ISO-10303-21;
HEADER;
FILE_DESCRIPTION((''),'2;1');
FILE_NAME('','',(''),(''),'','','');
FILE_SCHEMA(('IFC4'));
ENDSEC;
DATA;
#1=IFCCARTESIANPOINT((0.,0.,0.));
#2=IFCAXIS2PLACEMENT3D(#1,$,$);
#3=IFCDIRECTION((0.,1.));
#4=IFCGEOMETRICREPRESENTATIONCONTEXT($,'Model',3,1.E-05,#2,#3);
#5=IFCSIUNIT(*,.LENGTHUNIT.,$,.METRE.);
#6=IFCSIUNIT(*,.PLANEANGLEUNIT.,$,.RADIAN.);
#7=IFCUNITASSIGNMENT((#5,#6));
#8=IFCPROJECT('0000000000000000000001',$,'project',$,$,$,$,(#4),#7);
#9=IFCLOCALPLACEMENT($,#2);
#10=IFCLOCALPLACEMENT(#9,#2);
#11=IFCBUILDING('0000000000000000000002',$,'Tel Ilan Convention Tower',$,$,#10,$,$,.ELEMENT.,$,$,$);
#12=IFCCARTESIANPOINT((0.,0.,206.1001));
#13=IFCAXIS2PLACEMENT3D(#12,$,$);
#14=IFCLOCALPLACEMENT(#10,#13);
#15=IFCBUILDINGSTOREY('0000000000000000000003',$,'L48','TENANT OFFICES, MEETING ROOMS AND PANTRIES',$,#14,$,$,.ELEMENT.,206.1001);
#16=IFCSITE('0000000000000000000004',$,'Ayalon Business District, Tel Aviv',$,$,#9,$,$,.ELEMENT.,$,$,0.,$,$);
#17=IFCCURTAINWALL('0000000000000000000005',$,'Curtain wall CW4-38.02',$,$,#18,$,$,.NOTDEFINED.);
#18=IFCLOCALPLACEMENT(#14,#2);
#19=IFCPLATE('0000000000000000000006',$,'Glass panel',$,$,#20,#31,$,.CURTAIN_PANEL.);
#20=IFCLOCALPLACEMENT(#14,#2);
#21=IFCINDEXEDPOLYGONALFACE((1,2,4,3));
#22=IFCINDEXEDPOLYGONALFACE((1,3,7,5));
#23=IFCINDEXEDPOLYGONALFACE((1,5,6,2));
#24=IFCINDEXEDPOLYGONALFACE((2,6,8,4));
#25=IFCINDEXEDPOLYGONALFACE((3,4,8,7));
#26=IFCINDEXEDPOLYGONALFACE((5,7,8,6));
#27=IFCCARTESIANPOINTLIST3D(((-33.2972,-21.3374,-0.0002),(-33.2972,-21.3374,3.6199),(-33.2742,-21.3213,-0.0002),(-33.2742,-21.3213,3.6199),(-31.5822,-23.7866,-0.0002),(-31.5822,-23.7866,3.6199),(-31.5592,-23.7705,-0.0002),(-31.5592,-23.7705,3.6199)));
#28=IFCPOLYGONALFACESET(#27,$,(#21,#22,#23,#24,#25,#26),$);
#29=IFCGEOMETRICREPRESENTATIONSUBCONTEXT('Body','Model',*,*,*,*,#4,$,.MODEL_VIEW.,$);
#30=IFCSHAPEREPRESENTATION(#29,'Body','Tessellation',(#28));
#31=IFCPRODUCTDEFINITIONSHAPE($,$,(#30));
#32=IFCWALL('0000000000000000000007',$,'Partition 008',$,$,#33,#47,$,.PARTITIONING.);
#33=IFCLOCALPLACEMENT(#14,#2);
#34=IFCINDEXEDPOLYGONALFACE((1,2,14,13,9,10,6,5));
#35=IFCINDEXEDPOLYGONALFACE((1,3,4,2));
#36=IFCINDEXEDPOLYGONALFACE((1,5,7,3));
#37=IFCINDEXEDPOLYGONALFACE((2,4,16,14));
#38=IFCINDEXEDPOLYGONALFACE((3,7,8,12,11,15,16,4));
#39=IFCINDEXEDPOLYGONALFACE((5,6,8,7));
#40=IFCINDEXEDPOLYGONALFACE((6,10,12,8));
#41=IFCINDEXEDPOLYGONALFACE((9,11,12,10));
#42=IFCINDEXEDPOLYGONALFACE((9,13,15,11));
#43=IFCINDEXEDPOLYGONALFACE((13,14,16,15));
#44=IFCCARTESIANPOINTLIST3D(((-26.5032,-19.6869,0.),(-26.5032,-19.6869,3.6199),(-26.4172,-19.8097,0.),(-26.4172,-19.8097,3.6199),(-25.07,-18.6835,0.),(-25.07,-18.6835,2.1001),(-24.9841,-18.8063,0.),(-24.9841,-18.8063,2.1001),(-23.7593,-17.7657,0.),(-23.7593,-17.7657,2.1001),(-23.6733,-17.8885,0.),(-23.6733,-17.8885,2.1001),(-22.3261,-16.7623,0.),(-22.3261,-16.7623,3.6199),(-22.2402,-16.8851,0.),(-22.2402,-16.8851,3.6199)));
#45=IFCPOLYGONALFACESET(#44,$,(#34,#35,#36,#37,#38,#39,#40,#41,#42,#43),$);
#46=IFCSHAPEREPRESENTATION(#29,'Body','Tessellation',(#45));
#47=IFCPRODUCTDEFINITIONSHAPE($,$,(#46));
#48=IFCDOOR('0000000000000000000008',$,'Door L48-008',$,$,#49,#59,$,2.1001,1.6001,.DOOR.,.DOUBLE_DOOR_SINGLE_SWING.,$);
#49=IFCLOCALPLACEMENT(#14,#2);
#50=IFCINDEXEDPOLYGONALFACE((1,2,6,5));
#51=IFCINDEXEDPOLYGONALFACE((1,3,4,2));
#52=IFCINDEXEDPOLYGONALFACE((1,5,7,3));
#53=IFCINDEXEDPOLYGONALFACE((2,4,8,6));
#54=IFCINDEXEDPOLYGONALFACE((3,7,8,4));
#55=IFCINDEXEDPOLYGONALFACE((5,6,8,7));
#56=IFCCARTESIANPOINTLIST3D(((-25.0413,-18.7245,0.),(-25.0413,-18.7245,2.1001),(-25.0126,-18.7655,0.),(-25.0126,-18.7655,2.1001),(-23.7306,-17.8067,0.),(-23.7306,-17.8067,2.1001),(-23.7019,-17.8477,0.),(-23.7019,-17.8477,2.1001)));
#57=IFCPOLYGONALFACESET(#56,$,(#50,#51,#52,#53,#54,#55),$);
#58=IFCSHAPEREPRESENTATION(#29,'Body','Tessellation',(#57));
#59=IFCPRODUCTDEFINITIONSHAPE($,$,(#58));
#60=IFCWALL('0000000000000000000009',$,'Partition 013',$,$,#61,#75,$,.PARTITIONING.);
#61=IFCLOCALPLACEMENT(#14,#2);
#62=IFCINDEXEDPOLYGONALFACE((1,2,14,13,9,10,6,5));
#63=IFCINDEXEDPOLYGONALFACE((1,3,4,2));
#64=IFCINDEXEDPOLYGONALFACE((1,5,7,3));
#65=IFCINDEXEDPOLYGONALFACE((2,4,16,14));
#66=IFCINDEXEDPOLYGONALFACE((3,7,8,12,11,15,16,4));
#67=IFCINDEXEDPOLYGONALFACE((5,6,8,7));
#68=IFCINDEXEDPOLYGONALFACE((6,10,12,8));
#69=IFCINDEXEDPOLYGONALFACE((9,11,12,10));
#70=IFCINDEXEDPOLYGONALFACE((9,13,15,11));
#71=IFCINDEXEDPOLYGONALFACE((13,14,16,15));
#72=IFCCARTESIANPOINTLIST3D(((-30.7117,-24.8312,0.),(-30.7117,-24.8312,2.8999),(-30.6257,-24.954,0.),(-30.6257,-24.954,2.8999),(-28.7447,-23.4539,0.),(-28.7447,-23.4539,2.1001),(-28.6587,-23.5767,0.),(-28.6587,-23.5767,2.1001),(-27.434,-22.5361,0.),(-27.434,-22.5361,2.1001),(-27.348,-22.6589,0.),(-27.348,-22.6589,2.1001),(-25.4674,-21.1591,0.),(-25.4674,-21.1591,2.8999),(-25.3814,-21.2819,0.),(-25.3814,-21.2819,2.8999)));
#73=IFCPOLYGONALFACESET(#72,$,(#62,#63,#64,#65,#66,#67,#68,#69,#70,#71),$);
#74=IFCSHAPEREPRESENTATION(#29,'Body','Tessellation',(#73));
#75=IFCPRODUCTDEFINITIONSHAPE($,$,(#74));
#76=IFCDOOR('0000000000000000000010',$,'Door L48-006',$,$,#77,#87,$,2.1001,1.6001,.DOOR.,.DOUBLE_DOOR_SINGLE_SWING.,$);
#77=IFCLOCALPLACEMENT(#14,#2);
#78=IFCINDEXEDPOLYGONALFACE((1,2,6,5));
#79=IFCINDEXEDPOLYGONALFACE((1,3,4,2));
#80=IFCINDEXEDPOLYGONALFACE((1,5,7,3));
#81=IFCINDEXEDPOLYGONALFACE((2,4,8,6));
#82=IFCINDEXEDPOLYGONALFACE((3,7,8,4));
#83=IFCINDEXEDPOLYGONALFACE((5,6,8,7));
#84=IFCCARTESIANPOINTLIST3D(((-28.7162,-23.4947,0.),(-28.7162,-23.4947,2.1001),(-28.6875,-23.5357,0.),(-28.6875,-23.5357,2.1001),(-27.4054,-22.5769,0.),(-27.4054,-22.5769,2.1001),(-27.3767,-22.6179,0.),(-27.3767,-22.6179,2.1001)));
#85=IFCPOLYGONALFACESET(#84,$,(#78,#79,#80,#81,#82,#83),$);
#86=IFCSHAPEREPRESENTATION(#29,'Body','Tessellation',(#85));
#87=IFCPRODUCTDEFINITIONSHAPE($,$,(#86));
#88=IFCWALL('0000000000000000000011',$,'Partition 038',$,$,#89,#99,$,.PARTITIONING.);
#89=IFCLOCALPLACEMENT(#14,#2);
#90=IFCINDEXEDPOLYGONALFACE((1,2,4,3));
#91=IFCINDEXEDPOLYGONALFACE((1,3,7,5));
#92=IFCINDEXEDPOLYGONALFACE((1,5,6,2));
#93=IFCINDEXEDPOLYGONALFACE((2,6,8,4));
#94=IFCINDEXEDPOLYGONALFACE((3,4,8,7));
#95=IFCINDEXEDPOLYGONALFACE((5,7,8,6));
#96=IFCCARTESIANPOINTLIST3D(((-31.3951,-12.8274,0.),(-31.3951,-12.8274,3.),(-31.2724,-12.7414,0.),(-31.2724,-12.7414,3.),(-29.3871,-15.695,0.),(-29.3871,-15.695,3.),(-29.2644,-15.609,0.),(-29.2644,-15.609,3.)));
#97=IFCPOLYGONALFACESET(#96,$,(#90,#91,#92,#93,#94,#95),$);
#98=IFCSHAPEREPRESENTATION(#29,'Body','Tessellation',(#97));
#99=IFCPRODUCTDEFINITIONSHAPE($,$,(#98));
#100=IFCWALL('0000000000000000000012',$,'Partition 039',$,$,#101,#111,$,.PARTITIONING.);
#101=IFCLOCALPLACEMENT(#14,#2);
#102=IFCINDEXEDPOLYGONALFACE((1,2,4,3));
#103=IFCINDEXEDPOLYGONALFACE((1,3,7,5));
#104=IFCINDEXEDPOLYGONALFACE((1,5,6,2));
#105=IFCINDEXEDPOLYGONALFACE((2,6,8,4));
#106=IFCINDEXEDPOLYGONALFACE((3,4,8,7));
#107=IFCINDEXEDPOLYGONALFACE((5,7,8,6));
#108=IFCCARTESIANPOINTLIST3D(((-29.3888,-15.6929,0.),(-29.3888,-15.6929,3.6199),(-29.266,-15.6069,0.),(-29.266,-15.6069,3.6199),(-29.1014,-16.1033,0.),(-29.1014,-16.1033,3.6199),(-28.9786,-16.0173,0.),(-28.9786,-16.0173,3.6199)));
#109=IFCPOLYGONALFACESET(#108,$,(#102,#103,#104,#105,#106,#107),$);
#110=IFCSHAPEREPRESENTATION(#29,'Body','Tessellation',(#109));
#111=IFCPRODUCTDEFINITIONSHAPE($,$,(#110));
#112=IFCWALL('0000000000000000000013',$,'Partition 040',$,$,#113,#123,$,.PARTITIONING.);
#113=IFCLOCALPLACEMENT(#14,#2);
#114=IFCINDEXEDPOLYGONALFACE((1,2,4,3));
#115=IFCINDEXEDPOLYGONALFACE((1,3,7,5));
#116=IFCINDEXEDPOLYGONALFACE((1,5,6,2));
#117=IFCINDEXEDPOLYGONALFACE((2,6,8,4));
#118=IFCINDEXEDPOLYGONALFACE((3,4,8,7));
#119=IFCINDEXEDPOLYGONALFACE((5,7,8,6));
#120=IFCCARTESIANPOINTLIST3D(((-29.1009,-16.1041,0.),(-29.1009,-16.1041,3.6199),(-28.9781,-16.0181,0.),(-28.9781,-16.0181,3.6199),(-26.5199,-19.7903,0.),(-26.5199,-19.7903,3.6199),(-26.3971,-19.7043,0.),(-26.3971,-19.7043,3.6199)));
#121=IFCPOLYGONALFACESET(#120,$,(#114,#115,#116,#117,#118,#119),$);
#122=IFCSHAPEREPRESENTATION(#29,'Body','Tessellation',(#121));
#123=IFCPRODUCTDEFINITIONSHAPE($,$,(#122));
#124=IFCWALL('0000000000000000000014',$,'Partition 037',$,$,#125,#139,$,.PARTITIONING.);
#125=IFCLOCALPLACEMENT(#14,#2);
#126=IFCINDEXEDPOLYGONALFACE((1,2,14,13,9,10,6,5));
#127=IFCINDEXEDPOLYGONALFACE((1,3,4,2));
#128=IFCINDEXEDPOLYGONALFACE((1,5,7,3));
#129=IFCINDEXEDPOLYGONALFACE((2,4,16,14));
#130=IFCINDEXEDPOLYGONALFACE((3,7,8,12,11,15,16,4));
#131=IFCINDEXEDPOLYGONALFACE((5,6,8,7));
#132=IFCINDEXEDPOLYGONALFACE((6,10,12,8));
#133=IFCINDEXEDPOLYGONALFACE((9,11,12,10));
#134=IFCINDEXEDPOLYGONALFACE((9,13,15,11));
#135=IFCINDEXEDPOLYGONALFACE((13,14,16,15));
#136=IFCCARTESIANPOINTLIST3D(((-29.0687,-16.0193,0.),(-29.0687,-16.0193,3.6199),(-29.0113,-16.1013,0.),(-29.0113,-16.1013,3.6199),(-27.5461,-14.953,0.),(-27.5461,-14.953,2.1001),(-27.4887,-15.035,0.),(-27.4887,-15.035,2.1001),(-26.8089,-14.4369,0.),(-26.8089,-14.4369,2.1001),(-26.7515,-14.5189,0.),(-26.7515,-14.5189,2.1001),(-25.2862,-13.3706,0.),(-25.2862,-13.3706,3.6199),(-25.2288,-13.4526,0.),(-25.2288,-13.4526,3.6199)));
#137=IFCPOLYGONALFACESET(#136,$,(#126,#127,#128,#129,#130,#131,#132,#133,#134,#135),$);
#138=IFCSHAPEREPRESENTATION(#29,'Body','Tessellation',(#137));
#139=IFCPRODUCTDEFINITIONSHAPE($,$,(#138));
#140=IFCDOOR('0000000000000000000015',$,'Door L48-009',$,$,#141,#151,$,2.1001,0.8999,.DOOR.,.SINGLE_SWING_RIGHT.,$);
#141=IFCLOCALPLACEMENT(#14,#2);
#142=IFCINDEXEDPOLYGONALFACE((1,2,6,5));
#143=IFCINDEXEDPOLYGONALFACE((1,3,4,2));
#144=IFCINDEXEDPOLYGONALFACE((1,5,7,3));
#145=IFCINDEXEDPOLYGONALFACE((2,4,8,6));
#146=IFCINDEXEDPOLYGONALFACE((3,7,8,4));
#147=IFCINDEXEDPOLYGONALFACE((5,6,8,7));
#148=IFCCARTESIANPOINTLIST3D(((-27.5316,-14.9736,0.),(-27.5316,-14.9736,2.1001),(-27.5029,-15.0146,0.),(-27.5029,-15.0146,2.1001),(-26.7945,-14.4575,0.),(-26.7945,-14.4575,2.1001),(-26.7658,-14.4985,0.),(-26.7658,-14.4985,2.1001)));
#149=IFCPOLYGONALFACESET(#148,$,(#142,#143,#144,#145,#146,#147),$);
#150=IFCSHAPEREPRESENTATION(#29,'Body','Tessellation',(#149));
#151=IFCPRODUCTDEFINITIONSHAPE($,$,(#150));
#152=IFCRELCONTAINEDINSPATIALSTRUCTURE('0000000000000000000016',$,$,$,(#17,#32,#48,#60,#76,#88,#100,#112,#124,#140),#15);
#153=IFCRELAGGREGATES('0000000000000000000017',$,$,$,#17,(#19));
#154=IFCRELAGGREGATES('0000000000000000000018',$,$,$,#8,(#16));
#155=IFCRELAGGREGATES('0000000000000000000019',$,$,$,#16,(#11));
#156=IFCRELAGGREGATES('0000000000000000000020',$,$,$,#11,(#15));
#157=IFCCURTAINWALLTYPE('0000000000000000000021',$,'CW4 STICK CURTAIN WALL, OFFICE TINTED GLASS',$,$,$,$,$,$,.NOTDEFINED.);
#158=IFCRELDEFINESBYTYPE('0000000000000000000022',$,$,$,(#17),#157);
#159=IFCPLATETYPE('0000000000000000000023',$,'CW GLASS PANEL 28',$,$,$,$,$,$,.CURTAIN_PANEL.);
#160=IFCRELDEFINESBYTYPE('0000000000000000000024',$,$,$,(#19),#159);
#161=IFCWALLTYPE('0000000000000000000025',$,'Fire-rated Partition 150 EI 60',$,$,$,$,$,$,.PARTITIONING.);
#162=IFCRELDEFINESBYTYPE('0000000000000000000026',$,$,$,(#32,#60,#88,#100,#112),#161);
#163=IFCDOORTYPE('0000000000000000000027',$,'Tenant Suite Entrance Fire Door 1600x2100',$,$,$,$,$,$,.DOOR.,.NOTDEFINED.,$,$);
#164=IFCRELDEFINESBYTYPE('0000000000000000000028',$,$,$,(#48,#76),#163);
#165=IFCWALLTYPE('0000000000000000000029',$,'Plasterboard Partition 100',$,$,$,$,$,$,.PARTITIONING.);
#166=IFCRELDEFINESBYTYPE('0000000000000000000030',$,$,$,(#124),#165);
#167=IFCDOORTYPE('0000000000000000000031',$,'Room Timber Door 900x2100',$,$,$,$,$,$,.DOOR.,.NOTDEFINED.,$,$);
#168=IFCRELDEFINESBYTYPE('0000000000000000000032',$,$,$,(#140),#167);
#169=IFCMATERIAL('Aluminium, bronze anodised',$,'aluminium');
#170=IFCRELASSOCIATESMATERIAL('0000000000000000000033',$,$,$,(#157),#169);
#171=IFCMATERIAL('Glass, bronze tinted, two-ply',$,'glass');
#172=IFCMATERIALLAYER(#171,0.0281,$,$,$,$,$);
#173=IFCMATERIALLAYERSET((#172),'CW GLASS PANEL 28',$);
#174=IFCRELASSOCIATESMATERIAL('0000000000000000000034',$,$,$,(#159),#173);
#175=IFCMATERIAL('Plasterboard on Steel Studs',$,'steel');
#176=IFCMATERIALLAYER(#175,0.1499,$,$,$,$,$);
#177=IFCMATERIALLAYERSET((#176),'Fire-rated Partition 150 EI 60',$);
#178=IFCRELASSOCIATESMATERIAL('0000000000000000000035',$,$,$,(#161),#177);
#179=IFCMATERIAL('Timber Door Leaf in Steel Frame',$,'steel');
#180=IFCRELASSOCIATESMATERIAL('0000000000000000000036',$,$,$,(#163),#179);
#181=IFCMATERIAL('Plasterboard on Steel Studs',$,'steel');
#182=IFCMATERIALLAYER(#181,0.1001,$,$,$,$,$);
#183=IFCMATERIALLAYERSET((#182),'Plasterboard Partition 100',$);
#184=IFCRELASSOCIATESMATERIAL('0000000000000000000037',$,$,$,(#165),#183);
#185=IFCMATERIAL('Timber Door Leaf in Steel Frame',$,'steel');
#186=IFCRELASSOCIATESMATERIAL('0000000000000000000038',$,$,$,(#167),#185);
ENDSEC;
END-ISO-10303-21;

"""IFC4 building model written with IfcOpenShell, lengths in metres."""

from ifc_helpers import new_model, si_unit, direction, frame, frame_2d, origin, origin_2d, place, context, subcontext, project, spatial, rectangle, extrude, material, layer, layer_set, type_object, element, fill, aggregate, save


model = new_model("IFC4")

# Units and contexts
model_context = context("Model", 3, precision=1e-05, world=origin(), true_north=direction((0.0, 1.0)))
body_context = subcontext(model_context, "Body", "Model", "MODEL_VIEW")
ifc_project = project(units=[si_unit("LENGTHUNIT", "METRE"), si_unit("PLANEANGLEUNIT", "RADIAN")], contexts=[model_context])

# Site, building, storey
site_placement = place(None, origin())
site = spatial("IfcSite", under=ifc_project, at=site_placement, Name="Ayalon Business District, Tel Aviv", CompositionType="ELEMENT", RefElevation=0.0)
building_placement = place(site_placement, origin())
building = spatial("IfcBuilding", under=site, at=building_placement, Name="Tel Ilan Convention Tower", CompositionType="ELEMENT")
storey_placement = place(building_placement, frame((0.0, 0.0, 206.1001)))
storey = spatial("IfcBuildingStorey", under=building, at=storey_placement, Name="L48", Description="TENANT OFFICES, MEETING ROOMS AND PANTRIES", CompositionType="ELEMENT", Elevation=206.1001)

# Curtain wall, plate
ifc_material_1 = material(Name="Aluminium, bronze anodised", Category="aluminium")
curtain_wall_type = type_object("IfcCurtainWallType", Name="CW4 STICK CURTAIN WALL, OFFICE TINTED GLASS", PredefinedType="NOTDEFINED", material=ifc_material_1)
curtain_wall_placement = place(storey_placement, origin())
curtain_wall = element("IfcCurtainWall", 1, at=curtain_wall_placement, inside=storey, type_object=curtain_wall_type, Name="Curtain wall CW4-38.02", PredefinedType="NOTDEFINED")
ifc_material_2 = material(Name="Glass, bronze tinted, two-ply", Category="glass")
ifc_layer_1 = layer(ifc_material_2, 0.0281)
ifc_layer_set_1 = layer_set([ifc_layer_1], Name="CW GLASS PANEL 28")
plate_type = type_object("IfcPlateType", Name="CW GLASS PANEL 28", PredefinedType="CURTAIN_PANEL", material=ifc_layer_set_1)
plate_1_placement = place(storey_placement, frame((-32.4282, -22.554, -0.0002), z_axis=(0.0, 0.0, 1.0), x_axis=(0.573576, -0.819152, 0.0)))
plate_1 = element("IfcPlate", 2, at=plate_1_placement, type_object=plate_type, Name="Glass panel", PredefinedType="CURTAIN_PANEL", context=body_context, shape_type="SweptSolid", body=[
    extrude(rectangle(XDim=2.99, YDim=0.0281, at=origin_2d()), origin(), (0.0, 0.0, 1.0), 3.6201),
])
aggregate(curtain_wall, [plate_1])

# Walls, openings, doors
ifc_material_3 = material(Name="Plasterboard on Steel Studs", Category="steel")
ifc_layer_2 = layer(ifc_material_3, 0.1499)
ifc_layer_set_2 = layer_set([ifc_layer_2], Name="Fire-rated Partition 150 EI 60")
wall_type_1 = type_object("IfcWallType", Name="Fire-rated Partition 150 EI 60", PredefinedType="PARTITIONING", material=ifc_layer_set_2)
wall_1_placement = place(storey_placement, frame((-26.4602, -19.7483, 0.0), z_axis=(0.0, 0.0, 1.0), x_axis=(0.819171, 0.573549, 0.0)))
wall_1 = element("IfcWall", 3, at=wall_1_placement, inside=storey, type_object=wall_type_1, Name="Partition 008", PredefinedType="PARTITIONING", context=body_context, shape_type="SweptSolid", body=[
    extrude(rectangle(XDim=5.0991, YDim=0.1499, at=frame_2d((2.5496, 0.0))), origin(), (0.0, 0.0, 1.0), 3.6199),
])
opening_1_placement = place(wall_1_placement, frame((1.7495, 0.0, 0.0)))
opening_1 = element("IfcOpeningElement", 4, at=opening_1_placement, cuts=wall_1, PredefinedType="OPENING", context=body_context, shape_type="SweptSolid", body=[
    extrude(rectangle(XDim=1.6001, YDim=2.1001, at=frame_2d((0.8, 1.05))), frame((0.0, 0.085, 0.0), z_axis=(0.0, -1.0, 0.0), x_axis=(1.0, 0.0, 0.0)), (0.0, 0.0, 1.0), 0.1699),
])
ifc_material_4 = material(Name="Timber Door Leaf in Steel Frame", Category="steel")
door_type_1 = type_object("IfcDoorType", Name="Tenant Suite Entrance Fire Door 1600x2100", OperationType="NOTDEFINED", PredefinedType="DOOR", material=ifc_material_4)
door_1_placement = place(opening_1_placement, origin())
door_1 = element("IfcDoor", 5, at=door_1_placement, inside=storey, type_object=door_type_1, Name="Door L48-008", OperationType="DOUBLE_DOOR_SINGLE_SWING", OverallHeight=2.1001, OverallWidth=1.6001, PredefinedType="DOOR", context=body_context, shape_type="SweptSolid", body=[
    extrude(rectangle(XDim=1.6001, YDim=2.1001, at=frame_2d((0.8, 1.05))), frame((0.0, 0.0249, 0.0), z_axis=(0.0, -1.0, 0.0), x_axis=(1.0, 0.0, 0.0)), (0.0, 0.0, 1.0), 0.05),
])
fill(opening_1, door_1)
wall_2_placement = place(storey_placement, frame((-25.4243, -21.2205, 0.0), z_axis=(0.0, 0.0, 1.0), x_axis=(-0.819155, -0.573572, 0.0)))
wall_2 = element("IfcWall", 6, at=wall_2_placement, inside=storey, type_object=wall_type_1, Name="Partition 013", PredefinedType="PARTITIONING", context=body_context, shape_type="SweptSolid", body=[
    extrude(rectangle(XDim=6.4021, YDim=0.1499, at=frame_2d((3.2012, 0.0))), origin(), (0.0, 0.0, 1.0), 2.8999),
])
opening_2_placement = place(wall_2_placement, frame((2.4009, 0.0, 0.0)))
opening_2 = element("IfcOpeningElement", 7, at=opening_2_placement, cuts=wall_2, PredefinedType="OPENING", context=body_context, shape_type="SweptSolid", body=[
    extrude(rectangle(XDim=1.6001, YDim=2.1001, at=frame_2d((0.8, 1.05))), frame((0.0, 0.085, 0.0), z_axis=(0.0, -1.0, 0.0), x_axis=(1.0, 0.0, 0.0)), (0.0, 0.0, 1.0), 0.1699),
])
door_2_placement = place(opening_2_placement, origin())
door_2 = element("IfcDoor", 8, at=door_2_placement, inside=storey, type_object=door_type_1, Name="Door L48-006", OperationType="DOUBLE_DOOR_SINGLE_SWING", OverallHeight=2.1001, OverallWidth=1.6001, PredefinedType="DOOR", context=body_context, shape_type="SweptSolid", body=[
    extrude(rectangle(XDim=1.6001, YDim=2.1001, at=frame_2d((0.8, 1.05))), frame((0.0, 0.0249, 0.0), z_axis=(0.0, -1.0, 0.0), x_axis=(1.0, 0.0, 0.0)), (0.0, 0.0, 1.0), 0.05),
])
fill(opening_2, door_2)

# Walls
wall_3_placement = place(storey_placement, frame((-29.3257, -15.6521, 0.0), z_axis=(0.0, 0.0, 1.0), x_axis=(-0.573593, 0.81914, 0.0)))
element("IfcWall", 9, at=wall_3_placement, inside=storey, type_object=wall_type_1, Name="Partition 038", PredefinedType="PARTITIONING", context=body_context, shape_type="SweptSolid", body=[
    extrude(rectangle(XDim=3.5007, YDim=0.1499, at=frame_2d((1.7505, 0.0))), origin(), (0.0, 0.0, 1.0), 3.0),
])
wall_4_placement = place(storey_placement, frame((-29.04, -16.0603, 0.0), z_axis=(0.0, 0.0, 1.0), x_axis=(-0.57356, 0.819163, 0.0)))
element("IfcWall", 10, at=wall_4_placement, inside=storey, type_object=wall_type_1, Name="Partition 039", PredefinedType="PARTITIONING", context=body_context, shape_type="SweptSolid", body=[
    extrude(rectangle(XDim=0.501, YDim=0.1499, at=frame_2d((0.2505, 0.0))), origin(), (0.0, 0.0, 1.0), 3.6199),
])
wall_5_placement = place(storey_placement, frame((-26.4585, -19.7473, 0.0), z_axis=(0.0, 0.0, 1.0), x_axis=(-0.573561, 0.819163, 0.0)))
element("IfcWall", 11, at=wall_5_placement, inside=storey, type_object=wall_type_1, Name="Partition 040", PredefinedType="PARTITIONING", context=body_context, shape_type="SweptSolid", body=[
    extrude(rectangle(XDim=4.5, YDim=0.1499, at=frame_2d((2.25, 0.0))), origin(), (0.0, 0.0, 1.0), 3.6199),
])

# Wall, opening, door
ifc_material_5 = material(Name="Plasterboard on Steel Studs", Category="steel")
ifc_layer_3 = layer(ifc_material_5, 0.1001)
ifc_layer_set_3 = layer_set([ifc_layer_3], Name="Plasterboard Partition 100")
wall_type_2 = type_object("IfcWallType", Name="Plasterboard Partition 100", PredefinedType="PARTITIONING", material=ifc_layer_set_3)
wall_6_placement = place(storey_placement, frame((-29.04, -16.0603, 0.0), z_axis=(0.0, 0.0, 1.0), x_axis=(0.819135, 0.573601, 0.0)))
wall_6 = element("IfcWall", 12, at=wall_6_placement, inside=storey, type_object=wall_type_2, Name="Partition 037", PredefinedType="PARTITIONING", context=body_context, shape_type="SweptSolid", body=[
    extrude(rectangle(XDim=4.6177, YDim=0.1001, at=frame_2d((2.3088, 0.0))), origin(), (0.0, 0.0, 1.0), 3.6199),
])
opening_3_placement = place(wall_6_placement, frame((1.8589, 0.0, 0.0)))
opening_3 = element("IfcOpeningElement", 13, at=opening_3_placement, cuts=wall_6, PredefinedType="OPENING", context=body_context, shape_type="SweptSolid", body=[
    extrude(rectangle(XDim=0.8999, YDim=2.1001, at=frame_2d((0.45, 1.05))), frame((0.0, 0.0601, 0.0), z_axis=(0.0, -1.0, 0.0), x_axis=(1.0, 0.0, 0.0)), (0.0, 0.0, 1.0), 0.1201),
])
ifc_material_6 = material(Name="Timber Door Leaf in Steel Frame", Category="steel")
door_type_2 = type_object("IfcDoorType", Name="Room Timber Door 900x2100", OperationType="NOTDEFINED", PredefinedType="DOOR", material=ifc_material_6)
door_3_placement = place(opening_3_placement, origin())
door_3 = element("IfcDoor", 14, at=door_3_placement, inside=storey, type_object=door_type_2, Name="Door L48-009", OperationType="SINGLE_SWING_RIGHT", OverallHeight=2.1001, OverallWidth=0.8999, PredefinedType="DOOR", context=body_context, shape_type="SweptSolid", body=[
    extrude(rectangle(XDim=0.8999, YDim=2.1001, at=frame_2d((0.45, 1.05))), frame((0.0, 0.0249, 0.0), z_axis=(0.0, -1.0, 0.0), x_axis=(1.0, 0.0, 0.0)), (0.0, 0.0, 1.0), 0.05),
])
fill(opening_3, door_3)

save(model, "model.ifc")
